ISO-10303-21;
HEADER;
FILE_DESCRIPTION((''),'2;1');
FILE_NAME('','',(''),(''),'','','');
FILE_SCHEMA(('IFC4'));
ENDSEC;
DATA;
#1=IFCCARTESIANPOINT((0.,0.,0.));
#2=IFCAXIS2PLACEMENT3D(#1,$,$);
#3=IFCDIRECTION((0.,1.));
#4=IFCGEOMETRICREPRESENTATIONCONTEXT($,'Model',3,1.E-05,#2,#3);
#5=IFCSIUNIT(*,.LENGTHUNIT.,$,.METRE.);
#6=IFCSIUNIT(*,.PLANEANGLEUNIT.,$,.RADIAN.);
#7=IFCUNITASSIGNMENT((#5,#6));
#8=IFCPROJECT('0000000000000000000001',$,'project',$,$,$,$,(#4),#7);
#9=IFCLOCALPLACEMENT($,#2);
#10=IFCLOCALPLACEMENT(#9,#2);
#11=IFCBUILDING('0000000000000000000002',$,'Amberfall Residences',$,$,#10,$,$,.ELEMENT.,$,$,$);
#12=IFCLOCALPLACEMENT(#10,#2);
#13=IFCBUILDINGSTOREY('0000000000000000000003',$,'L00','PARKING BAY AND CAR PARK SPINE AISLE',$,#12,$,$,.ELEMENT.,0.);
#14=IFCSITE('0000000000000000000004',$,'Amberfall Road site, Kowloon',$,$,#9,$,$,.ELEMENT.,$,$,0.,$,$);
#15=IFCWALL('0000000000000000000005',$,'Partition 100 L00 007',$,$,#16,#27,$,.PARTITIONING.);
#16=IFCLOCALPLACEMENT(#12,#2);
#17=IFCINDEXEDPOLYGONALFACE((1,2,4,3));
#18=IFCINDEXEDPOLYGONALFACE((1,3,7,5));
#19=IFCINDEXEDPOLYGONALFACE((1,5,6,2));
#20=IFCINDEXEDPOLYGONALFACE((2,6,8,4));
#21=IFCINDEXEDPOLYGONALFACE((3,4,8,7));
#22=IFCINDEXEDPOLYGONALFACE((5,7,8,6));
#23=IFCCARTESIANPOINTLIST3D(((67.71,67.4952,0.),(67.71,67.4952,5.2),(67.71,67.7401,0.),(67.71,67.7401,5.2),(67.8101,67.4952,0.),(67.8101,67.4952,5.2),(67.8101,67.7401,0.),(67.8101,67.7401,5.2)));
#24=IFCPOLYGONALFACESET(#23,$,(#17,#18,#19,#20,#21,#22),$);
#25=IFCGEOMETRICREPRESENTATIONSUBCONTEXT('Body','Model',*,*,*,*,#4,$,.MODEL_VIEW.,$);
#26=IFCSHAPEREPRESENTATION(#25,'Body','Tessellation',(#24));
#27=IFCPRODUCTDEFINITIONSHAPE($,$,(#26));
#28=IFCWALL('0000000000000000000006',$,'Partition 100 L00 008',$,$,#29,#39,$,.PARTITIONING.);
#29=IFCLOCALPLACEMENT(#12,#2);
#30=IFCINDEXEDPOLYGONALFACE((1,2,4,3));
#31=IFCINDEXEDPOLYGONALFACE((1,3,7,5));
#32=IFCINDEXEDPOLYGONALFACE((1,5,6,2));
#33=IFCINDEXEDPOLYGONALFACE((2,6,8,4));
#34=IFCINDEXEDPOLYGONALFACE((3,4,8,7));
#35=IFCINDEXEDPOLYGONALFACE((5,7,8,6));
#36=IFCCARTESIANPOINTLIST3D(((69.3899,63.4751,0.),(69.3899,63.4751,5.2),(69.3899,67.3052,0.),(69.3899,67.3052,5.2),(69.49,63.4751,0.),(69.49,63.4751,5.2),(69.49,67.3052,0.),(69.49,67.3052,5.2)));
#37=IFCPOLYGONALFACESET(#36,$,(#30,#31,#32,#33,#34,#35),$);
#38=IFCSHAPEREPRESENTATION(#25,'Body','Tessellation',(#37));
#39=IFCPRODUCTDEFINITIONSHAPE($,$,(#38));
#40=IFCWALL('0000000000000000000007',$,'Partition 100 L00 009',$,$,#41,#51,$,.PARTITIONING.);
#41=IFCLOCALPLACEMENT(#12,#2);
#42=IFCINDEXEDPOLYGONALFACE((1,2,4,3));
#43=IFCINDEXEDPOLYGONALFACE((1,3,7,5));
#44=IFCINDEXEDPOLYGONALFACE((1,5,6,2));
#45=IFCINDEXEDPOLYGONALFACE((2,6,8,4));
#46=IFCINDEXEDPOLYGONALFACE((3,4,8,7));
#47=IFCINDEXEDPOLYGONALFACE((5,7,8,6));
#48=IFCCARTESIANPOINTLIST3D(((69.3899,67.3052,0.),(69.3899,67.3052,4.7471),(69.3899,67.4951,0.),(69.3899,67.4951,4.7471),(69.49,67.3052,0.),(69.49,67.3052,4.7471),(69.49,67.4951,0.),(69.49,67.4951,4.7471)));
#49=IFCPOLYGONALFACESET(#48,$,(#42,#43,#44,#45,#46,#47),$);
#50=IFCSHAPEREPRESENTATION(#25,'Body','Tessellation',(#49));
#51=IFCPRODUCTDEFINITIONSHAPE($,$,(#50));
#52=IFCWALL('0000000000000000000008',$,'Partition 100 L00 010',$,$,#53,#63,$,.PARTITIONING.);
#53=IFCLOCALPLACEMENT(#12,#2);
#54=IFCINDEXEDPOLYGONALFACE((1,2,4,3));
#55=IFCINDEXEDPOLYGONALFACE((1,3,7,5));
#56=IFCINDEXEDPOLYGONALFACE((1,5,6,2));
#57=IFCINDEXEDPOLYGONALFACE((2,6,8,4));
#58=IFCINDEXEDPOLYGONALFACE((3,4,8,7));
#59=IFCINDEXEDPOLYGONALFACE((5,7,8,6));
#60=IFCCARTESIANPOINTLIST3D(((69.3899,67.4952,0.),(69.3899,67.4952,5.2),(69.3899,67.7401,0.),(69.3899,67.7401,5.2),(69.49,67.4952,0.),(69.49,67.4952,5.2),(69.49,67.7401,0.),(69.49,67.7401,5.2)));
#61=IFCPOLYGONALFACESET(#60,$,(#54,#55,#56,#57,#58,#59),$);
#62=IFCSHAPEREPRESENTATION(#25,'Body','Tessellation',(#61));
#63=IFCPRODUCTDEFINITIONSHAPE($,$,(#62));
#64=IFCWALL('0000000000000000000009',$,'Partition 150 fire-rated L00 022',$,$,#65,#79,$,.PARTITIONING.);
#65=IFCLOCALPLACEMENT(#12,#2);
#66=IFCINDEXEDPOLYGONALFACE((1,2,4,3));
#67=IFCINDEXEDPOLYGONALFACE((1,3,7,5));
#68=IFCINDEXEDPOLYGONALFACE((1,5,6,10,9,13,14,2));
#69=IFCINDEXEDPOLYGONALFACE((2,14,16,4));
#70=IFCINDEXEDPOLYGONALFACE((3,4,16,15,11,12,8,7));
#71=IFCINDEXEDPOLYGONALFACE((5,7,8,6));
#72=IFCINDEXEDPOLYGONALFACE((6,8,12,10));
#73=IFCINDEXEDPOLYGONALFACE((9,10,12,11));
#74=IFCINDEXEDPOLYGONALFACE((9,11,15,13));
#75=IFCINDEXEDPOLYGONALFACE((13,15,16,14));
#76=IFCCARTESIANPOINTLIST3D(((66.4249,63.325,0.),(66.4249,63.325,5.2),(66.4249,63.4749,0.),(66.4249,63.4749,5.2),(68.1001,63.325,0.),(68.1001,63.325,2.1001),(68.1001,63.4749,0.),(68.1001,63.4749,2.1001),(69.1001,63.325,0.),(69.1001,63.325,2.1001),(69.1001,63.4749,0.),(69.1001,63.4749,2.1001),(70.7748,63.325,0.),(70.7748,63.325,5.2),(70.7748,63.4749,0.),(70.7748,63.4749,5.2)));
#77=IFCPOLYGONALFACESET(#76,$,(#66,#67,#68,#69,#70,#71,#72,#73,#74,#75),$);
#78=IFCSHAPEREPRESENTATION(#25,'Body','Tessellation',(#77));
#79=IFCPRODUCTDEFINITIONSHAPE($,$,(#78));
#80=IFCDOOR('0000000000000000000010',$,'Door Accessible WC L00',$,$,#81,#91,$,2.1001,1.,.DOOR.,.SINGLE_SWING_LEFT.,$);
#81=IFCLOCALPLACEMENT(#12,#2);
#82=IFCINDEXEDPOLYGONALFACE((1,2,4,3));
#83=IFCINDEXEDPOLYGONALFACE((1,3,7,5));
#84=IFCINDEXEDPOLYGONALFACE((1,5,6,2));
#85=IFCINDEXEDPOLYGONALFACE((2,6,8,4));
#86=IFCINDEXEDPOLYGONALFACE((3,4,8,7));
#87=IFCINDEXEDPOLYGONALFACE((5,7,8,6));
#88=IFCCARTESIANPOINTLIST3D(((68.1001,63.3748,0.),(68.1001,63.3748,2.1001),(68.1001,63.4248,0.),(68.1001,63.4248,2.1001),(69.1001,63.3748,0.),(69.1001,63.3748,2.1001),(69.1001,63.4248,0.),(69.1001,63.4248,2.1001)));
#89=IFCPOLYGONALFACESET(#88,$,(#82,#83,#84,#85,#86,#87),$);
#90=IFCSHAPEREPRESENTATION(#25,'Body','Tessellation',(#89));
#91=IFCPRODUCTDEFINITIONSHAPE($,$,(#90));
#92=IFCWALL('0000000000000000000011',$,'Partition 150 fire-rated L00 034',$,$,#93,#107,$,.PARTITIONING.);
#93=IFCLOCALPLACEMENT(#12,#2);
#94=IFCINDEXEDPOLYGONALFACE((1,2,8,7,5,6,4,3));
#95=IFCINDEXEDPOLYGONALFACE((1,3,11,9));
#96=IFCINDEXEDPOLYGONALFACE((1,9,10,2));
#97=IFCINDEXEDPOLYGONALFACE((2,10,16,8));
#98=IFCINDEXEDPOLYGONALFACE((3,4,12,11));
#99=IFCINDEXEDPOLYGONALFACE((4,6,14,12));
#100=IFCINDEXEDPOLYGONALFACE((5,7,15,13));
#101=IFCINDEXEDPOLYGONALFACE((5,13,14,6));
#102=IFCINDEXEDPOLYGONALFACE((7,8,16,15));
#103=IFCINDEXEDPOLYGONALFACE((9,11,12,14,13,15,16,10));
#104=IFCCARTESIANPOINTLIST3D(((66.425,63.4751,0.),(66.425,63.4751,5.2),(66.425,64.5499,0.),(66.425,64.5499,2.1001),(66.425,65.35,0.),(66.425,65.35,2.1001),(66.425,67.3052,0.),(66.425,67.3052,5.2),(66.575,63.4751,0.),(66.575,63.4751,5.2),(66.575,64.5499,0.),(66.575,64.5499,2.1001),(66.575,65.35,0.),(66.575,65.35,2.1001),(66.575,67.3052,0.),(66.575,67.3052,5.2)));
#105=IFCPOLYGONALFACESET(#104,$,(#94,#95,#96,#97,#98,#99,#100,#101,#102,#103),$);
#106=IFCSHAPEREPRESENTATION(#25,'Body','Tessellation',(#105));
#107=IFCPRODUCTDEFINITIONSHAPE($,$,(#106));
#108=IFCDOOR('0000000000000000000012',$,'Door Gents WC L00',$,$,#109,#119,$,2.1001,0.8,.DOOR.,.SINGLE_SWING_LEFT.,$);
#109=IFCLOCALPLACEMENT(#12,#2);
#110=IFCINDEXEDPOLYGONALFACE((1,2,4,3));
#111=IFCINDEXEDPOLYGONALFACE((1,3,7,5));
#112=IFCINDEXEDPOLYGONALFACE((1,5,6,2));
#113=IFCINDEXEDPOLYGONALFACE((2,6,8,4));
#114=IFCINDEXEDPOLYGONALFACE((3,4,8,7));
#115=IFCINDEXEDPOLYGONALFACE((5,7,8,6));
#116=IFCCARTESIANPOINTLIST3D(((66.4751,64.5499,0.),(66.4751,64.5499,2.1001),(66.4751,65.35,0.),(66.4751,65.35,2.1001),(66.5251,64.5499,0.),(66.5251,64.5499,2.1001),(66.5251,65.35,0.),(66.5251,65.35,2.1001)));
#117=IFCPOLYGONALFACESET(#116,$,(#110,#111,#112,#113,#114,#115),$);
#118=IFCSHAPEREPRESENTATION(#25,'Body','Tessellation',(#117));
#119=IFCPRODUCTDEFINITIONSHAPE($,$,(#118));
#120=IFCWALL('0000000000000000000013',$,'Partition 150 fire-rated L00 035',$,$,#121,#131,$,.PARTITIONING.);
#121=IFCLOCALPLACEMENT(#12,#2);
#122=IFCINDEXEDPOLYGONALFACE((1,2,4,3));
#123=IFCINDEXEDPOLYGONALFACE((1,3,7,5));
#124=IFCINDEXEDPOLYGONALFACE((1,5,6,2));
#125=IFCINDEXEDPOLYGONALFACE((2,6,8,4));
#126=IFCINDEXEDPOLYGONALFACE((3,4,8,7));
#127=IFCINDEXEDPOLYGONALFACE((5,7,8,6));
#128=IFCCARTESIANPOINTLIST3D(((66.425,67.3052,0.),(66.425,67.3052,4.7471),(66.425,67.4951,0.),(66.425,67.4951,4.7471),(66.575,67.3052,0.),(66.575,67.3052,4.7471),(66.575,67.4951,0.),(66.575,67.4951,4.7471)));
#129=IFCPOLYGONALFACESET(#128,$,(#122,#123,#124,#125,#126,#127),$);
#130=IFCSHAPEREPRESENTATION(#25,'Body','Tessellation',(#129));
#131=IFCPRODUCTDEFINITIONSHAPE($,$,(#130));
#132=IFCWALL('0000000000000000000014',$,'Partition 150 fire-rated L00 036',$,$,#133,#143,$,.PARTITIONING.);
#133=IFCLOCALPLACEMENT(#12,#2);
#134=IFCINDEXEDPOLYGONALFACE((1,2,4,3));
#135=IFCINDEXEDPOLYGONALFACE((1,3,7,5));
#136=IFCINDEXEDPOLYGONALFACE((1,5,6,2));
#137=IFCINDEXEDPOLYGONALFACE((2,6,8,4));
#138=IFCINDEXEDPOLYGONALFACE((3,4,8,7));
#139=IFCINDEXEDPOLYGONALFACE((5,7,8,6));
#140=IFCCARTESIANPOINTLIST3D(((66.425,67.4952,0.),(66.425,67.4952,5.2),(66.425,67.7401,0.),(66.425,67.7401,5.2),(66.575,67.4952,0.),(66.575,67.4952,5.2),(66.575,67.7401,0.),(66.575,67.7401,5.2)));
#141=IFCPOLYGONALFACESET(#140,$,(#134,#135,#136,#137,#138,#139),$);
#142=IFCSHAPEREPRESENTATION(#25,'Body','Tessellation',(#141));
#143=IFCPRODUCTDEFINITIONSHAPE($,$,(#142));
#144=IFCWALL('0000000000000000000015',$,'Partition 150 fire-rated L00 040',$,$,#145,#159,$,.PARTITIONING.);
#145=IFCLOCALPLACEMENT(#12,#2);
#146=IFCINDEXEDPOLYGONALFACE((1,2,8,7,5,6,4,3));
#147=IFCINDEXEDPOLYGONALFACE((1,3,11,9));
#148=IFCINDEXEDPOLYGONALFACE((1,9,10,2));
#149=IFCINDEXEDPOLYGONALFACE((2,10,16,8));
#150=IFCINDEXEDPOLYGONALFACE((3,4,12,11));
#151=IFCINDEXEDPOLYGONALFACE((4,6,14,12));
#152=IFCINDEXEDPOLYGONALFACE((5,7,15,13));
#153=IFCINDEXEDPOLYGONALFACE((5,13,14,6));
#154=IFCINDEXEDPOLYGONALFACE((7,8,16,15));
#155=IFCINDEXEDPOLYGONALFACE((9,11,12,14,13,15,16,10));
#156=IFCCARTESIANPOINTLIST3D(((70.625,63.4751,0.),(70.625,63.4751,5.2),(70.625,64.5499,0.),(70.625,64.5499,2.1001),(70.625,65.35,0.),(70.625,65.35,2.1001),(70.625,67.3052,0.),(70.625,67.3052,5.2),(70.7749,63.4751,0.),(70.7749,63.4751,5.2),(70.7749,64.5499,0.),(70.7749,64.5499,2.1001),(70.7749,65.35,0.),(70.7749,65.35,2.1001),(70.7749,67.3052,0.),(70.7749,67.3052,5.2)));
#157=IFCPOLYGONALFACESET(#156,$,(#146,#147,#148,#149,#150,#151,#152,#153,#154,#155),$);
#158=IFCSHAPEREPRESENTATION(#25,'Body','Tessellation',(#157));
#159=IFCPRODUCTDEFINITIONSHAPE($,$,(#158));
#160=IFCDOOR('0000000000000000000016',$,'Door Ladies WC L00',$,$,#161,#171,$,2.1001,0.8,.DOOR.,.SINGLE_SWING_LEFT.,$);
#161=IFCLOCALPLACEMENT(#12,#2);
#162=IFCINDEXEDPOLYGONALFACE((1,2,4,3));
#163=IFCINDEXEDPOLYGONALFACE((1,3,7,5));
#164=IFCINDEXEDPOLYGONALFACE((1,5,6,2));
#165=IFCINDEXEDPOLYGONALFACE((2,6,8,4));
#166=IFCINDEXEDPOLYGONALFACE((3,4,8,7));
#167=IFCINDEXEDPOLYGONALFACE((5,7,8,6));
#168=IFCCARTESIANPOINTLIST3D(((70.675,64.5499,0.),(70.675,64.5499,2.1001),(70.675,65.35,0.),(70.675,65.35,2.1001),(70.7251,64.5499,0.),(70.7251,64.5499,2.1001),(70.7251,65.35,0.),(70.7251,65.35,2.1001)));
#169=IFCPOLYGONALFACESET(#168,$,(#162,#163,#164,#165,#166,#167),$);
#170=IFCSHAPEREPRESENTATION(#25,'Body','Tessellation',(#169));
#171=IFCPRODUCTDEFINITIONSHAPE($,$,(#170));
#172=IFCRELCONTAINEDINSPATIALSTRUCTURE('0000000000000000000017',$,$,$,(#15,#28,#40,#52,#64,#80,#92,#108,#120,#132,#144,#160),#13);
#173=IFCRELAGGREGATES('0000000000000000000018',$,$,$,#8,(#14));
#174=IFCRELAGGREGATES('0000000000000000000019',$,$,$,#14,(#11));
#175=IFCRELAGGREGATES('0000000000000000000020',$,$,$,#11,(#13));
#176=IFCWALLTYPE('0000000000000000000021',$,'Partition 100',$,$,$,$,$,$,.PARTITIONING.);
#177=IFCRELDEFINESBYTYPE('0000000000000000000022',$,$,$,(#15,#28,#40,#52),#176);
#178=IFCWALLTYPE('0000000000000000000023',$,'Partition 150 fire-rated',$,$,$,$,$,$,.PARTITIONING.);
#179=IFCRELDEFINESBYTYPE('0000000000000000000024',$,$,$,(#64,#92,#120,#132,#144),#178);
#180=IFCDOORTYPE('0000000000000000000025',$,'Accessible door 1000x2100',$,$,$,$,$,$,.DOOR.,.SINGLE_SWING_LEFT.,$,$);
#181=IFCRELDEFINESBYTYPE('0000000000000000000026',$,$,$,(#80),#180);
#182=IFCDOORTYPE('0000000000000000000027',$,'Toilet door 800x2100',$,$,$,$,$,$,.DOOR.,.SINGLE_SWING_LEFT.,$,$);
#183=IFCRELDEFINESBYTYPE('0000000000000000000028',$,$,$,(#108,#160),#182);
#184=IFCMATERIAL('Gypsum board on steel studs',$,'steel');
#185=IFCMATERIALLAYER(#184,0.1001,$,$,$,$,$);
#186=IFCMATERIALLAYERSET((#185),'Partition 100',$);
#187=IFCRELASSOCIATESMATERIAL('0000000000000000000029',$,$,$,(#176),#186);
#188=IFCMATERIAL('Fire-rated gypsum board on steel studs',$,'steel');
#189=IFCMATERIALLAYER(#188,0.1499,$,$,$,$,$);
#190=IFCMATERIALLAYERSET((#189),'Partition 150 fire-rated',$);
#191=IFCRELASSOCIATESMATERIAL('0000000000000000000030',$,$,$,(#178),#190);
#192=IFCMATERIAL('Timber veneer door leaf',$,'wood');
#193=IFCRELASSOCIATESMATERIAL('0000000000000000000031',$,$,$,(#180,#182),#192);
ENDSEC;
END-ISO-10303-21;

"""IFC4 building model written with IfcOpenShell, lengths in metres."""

from ifc_helpers import new_model, si_unit, direction, frame, frame_2d, origin, place, context, subcontext, project, spatial, rectangle, extrude, material, layer, layer_set, type_object, element, fill, save


model = new_model("IFC4")

# Units and contexts
model_context = context("Model", 3, precision=1e-05, world=origin(), true_north=direction((0.0, 1.0)))
body_context = subcontext(model_context, "Body", "Model", "MODEL_VIEW")
ifc_project = project(units=[si_unit("LENGTHUNIT", "METRE"), si_unit("PLANEANGLEUNIT", "RADIAN")], contexts=[model_context])

# Site, building, storey
site_placement = place(None, origin())
site = spatial("IfcSite", under=ifc_project, at=site_placement, Name="Amberfall Road site, Kowloon", CompositionType="ELEMENT", RefElevation=0.0)
building_placement = place(site_placement, origin())
building = spatial("IfcBuilding", under=site, at=building_placement, Name="Amberfall Residences", CompositionType="ELEMENT")
storey_placement = place(building_placement, origin())
storey = spatial("IfcBuildingStorey", under=building, at=storey_placement, Name="L00", Description="PARKING BAY AND CAR PARK SPINE AISLE", CompositionType="ELEMENT", Elevation=0.0)

# Walls
ifc_material_1 = material(Name="Gypsum board on steel studs", Category="steel")
ifc_layer_1 = layer(ifc_material_1, 0.1001)
ifc_layer_set_1 = layer_set([ifc_layer_1], Name="Partition 100")
wall_type_1 = type_object("IfcWallType", Name="Partition 100", PredefinedType="PARTITIONING", material=ifc_layer_set_1)
wall_1_placement = place(storey_placement, frame((67.76, 67.4951, 0.0), z_axis=(0.0, 0.0, 1.0), x_axis=(0.0, 1.0, 0.0)))
element("IfcWall", 1, at=wall_1_placement, inside=storey, type_object=wall_type_1, Name="Partition 100 L00 007", PredefinedType="PARTITIONING", context=body_context, shape_type="SweptSolid", body=[
    extrude(rectangle(XDim=0.2449, YDim=0.1001, at=frame_2d((0.1226, 0.0))), origin(), (0.0, 0.0, 1.0), 5.2),
])
wall_2_placement = place(storey_placement, frame((69.4399, 63.4751, 0.0), z_axis=(0.0, 0.0, 1.0), x_axis=(0.0, 1.0, 0.0)))
element("IfcWall", 2, at=wall_2_placement, inside=storey, type_object=wall_type_1, Name="Partition 100 L00 008", PredefinedType="PARTITIONING", context=body_context, shape_type="SweptSolid", body=[
    extrude(rectangle(XDim=3.8301, YDim=0.1001, at=frame_2d((1.915, 0.0))), origin(), (0.0, 0.0, 1.0), 5.2),
])
wall_3_placement = place(storey_placement, frame((69.4399, 67.3052, 0.0), z_axis=(0.0, 0.0, 1.0), x_axis=(0.0, 1.0, 0.0)))
element("IfcWall", 3, at=wall_3_placement, inside=storey, type_object=wall_type_1, Name="Partition 100 L00 009", PredefinedType="PARTITIONING", context=body_context, shape_type="SweptSolid", body=[
    extrude(rectangle(XDim=0.1899, YDim=0.1001, at=frame_2d((0.095, 0.0))), origin(), (0.0, 0.0, 1.0), 4.7471),
])
wall_4_placement = place(storey_placement, frame((69.4399, 67.4951, 0.0), z_axis=(0.0, 0.0, 1.0), x_axis=(0.0, 1.0, 0.0)))
element("IfcWall", 4, at=wall_4_placement, inside=storey, type_object=wall_type_1, Name="Partition 100 L00 010", PredefinedType="PARTITIONING", context=body_context, shape_type="SweptSolid", body=[
    extrude(rectangle(XDim=0.2449, YDim=0.1001, at=frame_2d((0.1226, 0.0))), origin(), (0.0, 0.0, 1.0), 5.2),
])

# Walls, openings, doors
ifc_material_2 = material(Name="Fire-rated gypsum board on steel studs", Category="steel")
ifc_layer_2 = layer(ifc_material_2, 0.1499)
ifc_layer_set_2 = layer_set([ifc_layer_2], Name="Partition 150 fire-rated")
wall_type_2 = type_object("IfcWallType", Name="Partition 150 fire-rated", PredefinedType="PARTITIONING", material=ifc_layer_set_2)
wall_5_placement = place(storey_placement, frame((66.425, 63.3999, 0.0), z_axis=(0.0, 0.0, 1.0), x_axis=(1.0, 0.0, 0.0)))
wall_5 = element("IfcWall", 5, at=wall_5_placement, inside=storey, type_object=wall_type_2, Name="Partition 150 fire-rated L00 022", PredefinedType="PARTITIONING", context=body_context, shape_type="SweptSolid", body=[
    extrude(rectangle(XDim=4.3499, YDim=0.1499, at=frame_2d((2.1748, 0.0))), origin(), (0.0, 0.0, 1.0), 5.2),
])
opening_1_placement = place(wall_5_placement, frame((1.675, 0.0, 0.0)))
opening_1 = element("IfcOpeningElement", 6, at=opening_1_placement, cuts=wall_5, PredefinedType="OPENING", context=body_context, shape_type="SweptSolid", body=[
    extrude(rectangle(XDim=1.0, YDim=2.1001, at=frame_2d((0.5, 1.05))), frame((0.0, 0.085, 0.0), z_axis=(0.0, -1.0, 0.0), x_axis=(1.0, 0.0, 0.0)), (0.0, 0.0, 1.0), 0.1699),
])
ifc_material_3 = material(Name="Timber veneer door leaf", Category="wood")
door_type_1 = type_object("IfcDoorType", Name="Accessible door 1000x2100", OperationType="SINGLE_SWING_LEFT", PredefinedType="DOOR", material=ifc_material_3)
door_1_placement = place(opening_1_placement, origin())
door_1 = element("IfcDoor", 7, at=door_1_placement, inside=storey, type_object=door_type_1, Name="Door Accessible WC L00", OperationType="SINGLE_SWING_LEFT", OverallHeight=2.1001, OverallWidth=1.0, PredefinedType="DOOR", context=body_context, shape_type="SweptSolid", body=[
    extrude(rectangle(XDim=1.0, YDim=2.1001, at=frame_2d((0.5, 1.05))), frame((0.0, 0.0249, 0.0), z_axis=(0.0, -1.0, 0.0), x_axis=(1.0, 0.0, 0.0)), (0.0, 0.0, 1.0), 0.05),
])
fill(opening_1, door_1)
wall_6_placement = place(storey_placement, frame((66.5, 63.4751, 0.0), z_axis=(0.0, 0.0, 1.0), x_axis=(0.0, 1.0, 0.0)))
wall_6 = element("IfcWall", 8, at=wall_6_placement, inside=storey, type_object=wall_type_2, Name="Partition 150 fire-rated L00 034", PredefinedType="PARTITIONING", context=body_context, shape_type="SweptSolid", body=[
    extrude(rectangle(XDim=3.8301, YDim=0.1499, at=frame_2d((1.915, 0.0))), origin(), (0.0, 0.0, 1.0), 5.2),
])
opening_2_placement = place(wall_6_placement, frame((1.075, 0.0, 0.0)))
opening_2 = element("IfcOpeningElement", 9, at=opening_2_placement, cuts=wall_6, PredefinedType="OPENING", context=body_context, shape_type="SweptSolid", body=[
    extrude(rectangle(XDim=0.8, YDim=2.1001, at=frame_2d((0.3999, 1.05))), frame((0.0, 0.085, 0.0), z_axis=(0.0, -1.0, 0.0), x_axis=(1.0, 0.0, 0.0)), (0.0, 0.0, 1.0), 0.1699),
])
door_type_2 = type_object("IfcDoorType", Name="Toilet door 800x2100", OperationType="SINGLE_SWING_LEFT", PredefinedType="DOOR", material=ifc_material_3)
door_2_placement = place(opening_2_placement, origin())
door_2 = element("IfcDoor", 10, at=door_2_placement, inside=storey, type_object=door_type_2, Name="Door Gents WC L00", OperationType="SINGLE_SWING_LEFT", OverallHeight=2.1001, OverallWidth=0.8, PredefinedType="DOOR", context=body_context, shape_type="SweptSolid", body=[
    extrude(rectangle(XDim=0.8, YDim=2.1001, at=frame_2d((0.3999, 1.05))), frame((0.0, 0.0249, 0.0), z_axis=(0.0, -1.0, 0.0), x_axis=(1.0, 0.0, 0.0)), (0.0, 0.0, 1.0), 0.05),
])
fill(opening_2, door_2)

# Walls
wall_7_placement = place(storey_placement, frame((66.5, 67.3052, 0.0), z_axis=(0.0, 0.0, 1.0), x_axis=(0.0, 1.0, 0.0)))
element("IfcWall", 11, at=wall_7_placement, inside=storey, type_object=wall_type_2, Name="Partition 150 fire-rated L00 035", PredefinedType="PARTITIONING", context=body_context, shape_type="SweptSolid", body=[
    extrude(rectangle(XDim=0.1899, YDim=0.1499, at=frame_2d((0.095, 0.0))), origin(), (0.0, 0.0, 1.0), 4.7471),
])
wall_8_placement = place(storey_placement, frame((66.5, 67.4951, 0.0), z_axis=(0.0, 0.0, 1.0), x_axis=(0.0, 1.0, 0.0)))
element("IfcWall", 12, at=wall_8_placement, inside=storey, type_object=wall_type_2, Name="Partition 150 fire-rated L00 036", PredefinedType="PARTITIONING", context=body_context, shape_type="SweptSolid", body=[
    extrude(rectangle(XDim=0.2449, YDim=0.1499, at=frame_2d((0.1226, 0.0))), origin(), (0.0, 0.0, 1.0), 5.2),
])

# Wall, opening, door
wall_9_placement = place(storey_placement, frame((70.7, 63.4751, 0.0), z_axis=(0.0, 0.0, 1.0), x_axis=(0.0, 1.0, 0.0)))
wall_9 = element("IfcWall", 13, at=wall_9_placement, inside=storey, type_object=wall_type_2, Name="Partition 150 fire-rated L00 040", PredefinedType="PARTITIONING", context=body_context, shape_type="SweptSolid", body=[
    extrude(rectangle(XDim=3.8301, YDim=0.1499, at=frame_2d((1.915, 0.0))), origin(), (0.0, 0.0, 1.0), 5.2),
])
opening_3_placement = place(wall_9_placement, frame((1.075, 0.0, 0.0)))
opening_3 = element("IfcOpeningElement", 14, at=opening_3_placement, cuts=wall_9, PredefinedType="OPENING", context=body_context, shape_type="SweptSolid", body=[
    extrude(rectangle(XDim=0.8, YDim=2.1001, at=frame_2d((0.3999, 1.05))), frame((0.0, 0.085, 0.0), z_axis=(0.0, -1.0, 0.0), x_axis=(1.0, 0.0, 0.0)), (0.0, 0.0, 1.0), 0.1699),
])
door_3_placement = place(opening_3_placement, origin())
door_3 = element("IfcDoor", 15, at=door_3_placement, inside=storey, type_object=door_type_2, Name="Door Ladies WC L00", OperationType="SINGLE_SWING_LEFT", OverallHeight=2.1001, OverallWidth=0.8, PredefinedType="DOOR", context=body_context, shape_type="SweptSolid", body=[
    extrude(rectangle(XDim=0.8, YDim=2.1001, at=frame_2d((0.3999, 1.05))), frame((0.0, 0.0249, 0.0), z_axis=(0.0, -1.0, 0.0), x_axis=(1.0, 0.0, 0.0)), (0.0, 0.0, 1.0), 0.05),
])
fill(opening_3, door_3)

save(model, "model.ifc")
